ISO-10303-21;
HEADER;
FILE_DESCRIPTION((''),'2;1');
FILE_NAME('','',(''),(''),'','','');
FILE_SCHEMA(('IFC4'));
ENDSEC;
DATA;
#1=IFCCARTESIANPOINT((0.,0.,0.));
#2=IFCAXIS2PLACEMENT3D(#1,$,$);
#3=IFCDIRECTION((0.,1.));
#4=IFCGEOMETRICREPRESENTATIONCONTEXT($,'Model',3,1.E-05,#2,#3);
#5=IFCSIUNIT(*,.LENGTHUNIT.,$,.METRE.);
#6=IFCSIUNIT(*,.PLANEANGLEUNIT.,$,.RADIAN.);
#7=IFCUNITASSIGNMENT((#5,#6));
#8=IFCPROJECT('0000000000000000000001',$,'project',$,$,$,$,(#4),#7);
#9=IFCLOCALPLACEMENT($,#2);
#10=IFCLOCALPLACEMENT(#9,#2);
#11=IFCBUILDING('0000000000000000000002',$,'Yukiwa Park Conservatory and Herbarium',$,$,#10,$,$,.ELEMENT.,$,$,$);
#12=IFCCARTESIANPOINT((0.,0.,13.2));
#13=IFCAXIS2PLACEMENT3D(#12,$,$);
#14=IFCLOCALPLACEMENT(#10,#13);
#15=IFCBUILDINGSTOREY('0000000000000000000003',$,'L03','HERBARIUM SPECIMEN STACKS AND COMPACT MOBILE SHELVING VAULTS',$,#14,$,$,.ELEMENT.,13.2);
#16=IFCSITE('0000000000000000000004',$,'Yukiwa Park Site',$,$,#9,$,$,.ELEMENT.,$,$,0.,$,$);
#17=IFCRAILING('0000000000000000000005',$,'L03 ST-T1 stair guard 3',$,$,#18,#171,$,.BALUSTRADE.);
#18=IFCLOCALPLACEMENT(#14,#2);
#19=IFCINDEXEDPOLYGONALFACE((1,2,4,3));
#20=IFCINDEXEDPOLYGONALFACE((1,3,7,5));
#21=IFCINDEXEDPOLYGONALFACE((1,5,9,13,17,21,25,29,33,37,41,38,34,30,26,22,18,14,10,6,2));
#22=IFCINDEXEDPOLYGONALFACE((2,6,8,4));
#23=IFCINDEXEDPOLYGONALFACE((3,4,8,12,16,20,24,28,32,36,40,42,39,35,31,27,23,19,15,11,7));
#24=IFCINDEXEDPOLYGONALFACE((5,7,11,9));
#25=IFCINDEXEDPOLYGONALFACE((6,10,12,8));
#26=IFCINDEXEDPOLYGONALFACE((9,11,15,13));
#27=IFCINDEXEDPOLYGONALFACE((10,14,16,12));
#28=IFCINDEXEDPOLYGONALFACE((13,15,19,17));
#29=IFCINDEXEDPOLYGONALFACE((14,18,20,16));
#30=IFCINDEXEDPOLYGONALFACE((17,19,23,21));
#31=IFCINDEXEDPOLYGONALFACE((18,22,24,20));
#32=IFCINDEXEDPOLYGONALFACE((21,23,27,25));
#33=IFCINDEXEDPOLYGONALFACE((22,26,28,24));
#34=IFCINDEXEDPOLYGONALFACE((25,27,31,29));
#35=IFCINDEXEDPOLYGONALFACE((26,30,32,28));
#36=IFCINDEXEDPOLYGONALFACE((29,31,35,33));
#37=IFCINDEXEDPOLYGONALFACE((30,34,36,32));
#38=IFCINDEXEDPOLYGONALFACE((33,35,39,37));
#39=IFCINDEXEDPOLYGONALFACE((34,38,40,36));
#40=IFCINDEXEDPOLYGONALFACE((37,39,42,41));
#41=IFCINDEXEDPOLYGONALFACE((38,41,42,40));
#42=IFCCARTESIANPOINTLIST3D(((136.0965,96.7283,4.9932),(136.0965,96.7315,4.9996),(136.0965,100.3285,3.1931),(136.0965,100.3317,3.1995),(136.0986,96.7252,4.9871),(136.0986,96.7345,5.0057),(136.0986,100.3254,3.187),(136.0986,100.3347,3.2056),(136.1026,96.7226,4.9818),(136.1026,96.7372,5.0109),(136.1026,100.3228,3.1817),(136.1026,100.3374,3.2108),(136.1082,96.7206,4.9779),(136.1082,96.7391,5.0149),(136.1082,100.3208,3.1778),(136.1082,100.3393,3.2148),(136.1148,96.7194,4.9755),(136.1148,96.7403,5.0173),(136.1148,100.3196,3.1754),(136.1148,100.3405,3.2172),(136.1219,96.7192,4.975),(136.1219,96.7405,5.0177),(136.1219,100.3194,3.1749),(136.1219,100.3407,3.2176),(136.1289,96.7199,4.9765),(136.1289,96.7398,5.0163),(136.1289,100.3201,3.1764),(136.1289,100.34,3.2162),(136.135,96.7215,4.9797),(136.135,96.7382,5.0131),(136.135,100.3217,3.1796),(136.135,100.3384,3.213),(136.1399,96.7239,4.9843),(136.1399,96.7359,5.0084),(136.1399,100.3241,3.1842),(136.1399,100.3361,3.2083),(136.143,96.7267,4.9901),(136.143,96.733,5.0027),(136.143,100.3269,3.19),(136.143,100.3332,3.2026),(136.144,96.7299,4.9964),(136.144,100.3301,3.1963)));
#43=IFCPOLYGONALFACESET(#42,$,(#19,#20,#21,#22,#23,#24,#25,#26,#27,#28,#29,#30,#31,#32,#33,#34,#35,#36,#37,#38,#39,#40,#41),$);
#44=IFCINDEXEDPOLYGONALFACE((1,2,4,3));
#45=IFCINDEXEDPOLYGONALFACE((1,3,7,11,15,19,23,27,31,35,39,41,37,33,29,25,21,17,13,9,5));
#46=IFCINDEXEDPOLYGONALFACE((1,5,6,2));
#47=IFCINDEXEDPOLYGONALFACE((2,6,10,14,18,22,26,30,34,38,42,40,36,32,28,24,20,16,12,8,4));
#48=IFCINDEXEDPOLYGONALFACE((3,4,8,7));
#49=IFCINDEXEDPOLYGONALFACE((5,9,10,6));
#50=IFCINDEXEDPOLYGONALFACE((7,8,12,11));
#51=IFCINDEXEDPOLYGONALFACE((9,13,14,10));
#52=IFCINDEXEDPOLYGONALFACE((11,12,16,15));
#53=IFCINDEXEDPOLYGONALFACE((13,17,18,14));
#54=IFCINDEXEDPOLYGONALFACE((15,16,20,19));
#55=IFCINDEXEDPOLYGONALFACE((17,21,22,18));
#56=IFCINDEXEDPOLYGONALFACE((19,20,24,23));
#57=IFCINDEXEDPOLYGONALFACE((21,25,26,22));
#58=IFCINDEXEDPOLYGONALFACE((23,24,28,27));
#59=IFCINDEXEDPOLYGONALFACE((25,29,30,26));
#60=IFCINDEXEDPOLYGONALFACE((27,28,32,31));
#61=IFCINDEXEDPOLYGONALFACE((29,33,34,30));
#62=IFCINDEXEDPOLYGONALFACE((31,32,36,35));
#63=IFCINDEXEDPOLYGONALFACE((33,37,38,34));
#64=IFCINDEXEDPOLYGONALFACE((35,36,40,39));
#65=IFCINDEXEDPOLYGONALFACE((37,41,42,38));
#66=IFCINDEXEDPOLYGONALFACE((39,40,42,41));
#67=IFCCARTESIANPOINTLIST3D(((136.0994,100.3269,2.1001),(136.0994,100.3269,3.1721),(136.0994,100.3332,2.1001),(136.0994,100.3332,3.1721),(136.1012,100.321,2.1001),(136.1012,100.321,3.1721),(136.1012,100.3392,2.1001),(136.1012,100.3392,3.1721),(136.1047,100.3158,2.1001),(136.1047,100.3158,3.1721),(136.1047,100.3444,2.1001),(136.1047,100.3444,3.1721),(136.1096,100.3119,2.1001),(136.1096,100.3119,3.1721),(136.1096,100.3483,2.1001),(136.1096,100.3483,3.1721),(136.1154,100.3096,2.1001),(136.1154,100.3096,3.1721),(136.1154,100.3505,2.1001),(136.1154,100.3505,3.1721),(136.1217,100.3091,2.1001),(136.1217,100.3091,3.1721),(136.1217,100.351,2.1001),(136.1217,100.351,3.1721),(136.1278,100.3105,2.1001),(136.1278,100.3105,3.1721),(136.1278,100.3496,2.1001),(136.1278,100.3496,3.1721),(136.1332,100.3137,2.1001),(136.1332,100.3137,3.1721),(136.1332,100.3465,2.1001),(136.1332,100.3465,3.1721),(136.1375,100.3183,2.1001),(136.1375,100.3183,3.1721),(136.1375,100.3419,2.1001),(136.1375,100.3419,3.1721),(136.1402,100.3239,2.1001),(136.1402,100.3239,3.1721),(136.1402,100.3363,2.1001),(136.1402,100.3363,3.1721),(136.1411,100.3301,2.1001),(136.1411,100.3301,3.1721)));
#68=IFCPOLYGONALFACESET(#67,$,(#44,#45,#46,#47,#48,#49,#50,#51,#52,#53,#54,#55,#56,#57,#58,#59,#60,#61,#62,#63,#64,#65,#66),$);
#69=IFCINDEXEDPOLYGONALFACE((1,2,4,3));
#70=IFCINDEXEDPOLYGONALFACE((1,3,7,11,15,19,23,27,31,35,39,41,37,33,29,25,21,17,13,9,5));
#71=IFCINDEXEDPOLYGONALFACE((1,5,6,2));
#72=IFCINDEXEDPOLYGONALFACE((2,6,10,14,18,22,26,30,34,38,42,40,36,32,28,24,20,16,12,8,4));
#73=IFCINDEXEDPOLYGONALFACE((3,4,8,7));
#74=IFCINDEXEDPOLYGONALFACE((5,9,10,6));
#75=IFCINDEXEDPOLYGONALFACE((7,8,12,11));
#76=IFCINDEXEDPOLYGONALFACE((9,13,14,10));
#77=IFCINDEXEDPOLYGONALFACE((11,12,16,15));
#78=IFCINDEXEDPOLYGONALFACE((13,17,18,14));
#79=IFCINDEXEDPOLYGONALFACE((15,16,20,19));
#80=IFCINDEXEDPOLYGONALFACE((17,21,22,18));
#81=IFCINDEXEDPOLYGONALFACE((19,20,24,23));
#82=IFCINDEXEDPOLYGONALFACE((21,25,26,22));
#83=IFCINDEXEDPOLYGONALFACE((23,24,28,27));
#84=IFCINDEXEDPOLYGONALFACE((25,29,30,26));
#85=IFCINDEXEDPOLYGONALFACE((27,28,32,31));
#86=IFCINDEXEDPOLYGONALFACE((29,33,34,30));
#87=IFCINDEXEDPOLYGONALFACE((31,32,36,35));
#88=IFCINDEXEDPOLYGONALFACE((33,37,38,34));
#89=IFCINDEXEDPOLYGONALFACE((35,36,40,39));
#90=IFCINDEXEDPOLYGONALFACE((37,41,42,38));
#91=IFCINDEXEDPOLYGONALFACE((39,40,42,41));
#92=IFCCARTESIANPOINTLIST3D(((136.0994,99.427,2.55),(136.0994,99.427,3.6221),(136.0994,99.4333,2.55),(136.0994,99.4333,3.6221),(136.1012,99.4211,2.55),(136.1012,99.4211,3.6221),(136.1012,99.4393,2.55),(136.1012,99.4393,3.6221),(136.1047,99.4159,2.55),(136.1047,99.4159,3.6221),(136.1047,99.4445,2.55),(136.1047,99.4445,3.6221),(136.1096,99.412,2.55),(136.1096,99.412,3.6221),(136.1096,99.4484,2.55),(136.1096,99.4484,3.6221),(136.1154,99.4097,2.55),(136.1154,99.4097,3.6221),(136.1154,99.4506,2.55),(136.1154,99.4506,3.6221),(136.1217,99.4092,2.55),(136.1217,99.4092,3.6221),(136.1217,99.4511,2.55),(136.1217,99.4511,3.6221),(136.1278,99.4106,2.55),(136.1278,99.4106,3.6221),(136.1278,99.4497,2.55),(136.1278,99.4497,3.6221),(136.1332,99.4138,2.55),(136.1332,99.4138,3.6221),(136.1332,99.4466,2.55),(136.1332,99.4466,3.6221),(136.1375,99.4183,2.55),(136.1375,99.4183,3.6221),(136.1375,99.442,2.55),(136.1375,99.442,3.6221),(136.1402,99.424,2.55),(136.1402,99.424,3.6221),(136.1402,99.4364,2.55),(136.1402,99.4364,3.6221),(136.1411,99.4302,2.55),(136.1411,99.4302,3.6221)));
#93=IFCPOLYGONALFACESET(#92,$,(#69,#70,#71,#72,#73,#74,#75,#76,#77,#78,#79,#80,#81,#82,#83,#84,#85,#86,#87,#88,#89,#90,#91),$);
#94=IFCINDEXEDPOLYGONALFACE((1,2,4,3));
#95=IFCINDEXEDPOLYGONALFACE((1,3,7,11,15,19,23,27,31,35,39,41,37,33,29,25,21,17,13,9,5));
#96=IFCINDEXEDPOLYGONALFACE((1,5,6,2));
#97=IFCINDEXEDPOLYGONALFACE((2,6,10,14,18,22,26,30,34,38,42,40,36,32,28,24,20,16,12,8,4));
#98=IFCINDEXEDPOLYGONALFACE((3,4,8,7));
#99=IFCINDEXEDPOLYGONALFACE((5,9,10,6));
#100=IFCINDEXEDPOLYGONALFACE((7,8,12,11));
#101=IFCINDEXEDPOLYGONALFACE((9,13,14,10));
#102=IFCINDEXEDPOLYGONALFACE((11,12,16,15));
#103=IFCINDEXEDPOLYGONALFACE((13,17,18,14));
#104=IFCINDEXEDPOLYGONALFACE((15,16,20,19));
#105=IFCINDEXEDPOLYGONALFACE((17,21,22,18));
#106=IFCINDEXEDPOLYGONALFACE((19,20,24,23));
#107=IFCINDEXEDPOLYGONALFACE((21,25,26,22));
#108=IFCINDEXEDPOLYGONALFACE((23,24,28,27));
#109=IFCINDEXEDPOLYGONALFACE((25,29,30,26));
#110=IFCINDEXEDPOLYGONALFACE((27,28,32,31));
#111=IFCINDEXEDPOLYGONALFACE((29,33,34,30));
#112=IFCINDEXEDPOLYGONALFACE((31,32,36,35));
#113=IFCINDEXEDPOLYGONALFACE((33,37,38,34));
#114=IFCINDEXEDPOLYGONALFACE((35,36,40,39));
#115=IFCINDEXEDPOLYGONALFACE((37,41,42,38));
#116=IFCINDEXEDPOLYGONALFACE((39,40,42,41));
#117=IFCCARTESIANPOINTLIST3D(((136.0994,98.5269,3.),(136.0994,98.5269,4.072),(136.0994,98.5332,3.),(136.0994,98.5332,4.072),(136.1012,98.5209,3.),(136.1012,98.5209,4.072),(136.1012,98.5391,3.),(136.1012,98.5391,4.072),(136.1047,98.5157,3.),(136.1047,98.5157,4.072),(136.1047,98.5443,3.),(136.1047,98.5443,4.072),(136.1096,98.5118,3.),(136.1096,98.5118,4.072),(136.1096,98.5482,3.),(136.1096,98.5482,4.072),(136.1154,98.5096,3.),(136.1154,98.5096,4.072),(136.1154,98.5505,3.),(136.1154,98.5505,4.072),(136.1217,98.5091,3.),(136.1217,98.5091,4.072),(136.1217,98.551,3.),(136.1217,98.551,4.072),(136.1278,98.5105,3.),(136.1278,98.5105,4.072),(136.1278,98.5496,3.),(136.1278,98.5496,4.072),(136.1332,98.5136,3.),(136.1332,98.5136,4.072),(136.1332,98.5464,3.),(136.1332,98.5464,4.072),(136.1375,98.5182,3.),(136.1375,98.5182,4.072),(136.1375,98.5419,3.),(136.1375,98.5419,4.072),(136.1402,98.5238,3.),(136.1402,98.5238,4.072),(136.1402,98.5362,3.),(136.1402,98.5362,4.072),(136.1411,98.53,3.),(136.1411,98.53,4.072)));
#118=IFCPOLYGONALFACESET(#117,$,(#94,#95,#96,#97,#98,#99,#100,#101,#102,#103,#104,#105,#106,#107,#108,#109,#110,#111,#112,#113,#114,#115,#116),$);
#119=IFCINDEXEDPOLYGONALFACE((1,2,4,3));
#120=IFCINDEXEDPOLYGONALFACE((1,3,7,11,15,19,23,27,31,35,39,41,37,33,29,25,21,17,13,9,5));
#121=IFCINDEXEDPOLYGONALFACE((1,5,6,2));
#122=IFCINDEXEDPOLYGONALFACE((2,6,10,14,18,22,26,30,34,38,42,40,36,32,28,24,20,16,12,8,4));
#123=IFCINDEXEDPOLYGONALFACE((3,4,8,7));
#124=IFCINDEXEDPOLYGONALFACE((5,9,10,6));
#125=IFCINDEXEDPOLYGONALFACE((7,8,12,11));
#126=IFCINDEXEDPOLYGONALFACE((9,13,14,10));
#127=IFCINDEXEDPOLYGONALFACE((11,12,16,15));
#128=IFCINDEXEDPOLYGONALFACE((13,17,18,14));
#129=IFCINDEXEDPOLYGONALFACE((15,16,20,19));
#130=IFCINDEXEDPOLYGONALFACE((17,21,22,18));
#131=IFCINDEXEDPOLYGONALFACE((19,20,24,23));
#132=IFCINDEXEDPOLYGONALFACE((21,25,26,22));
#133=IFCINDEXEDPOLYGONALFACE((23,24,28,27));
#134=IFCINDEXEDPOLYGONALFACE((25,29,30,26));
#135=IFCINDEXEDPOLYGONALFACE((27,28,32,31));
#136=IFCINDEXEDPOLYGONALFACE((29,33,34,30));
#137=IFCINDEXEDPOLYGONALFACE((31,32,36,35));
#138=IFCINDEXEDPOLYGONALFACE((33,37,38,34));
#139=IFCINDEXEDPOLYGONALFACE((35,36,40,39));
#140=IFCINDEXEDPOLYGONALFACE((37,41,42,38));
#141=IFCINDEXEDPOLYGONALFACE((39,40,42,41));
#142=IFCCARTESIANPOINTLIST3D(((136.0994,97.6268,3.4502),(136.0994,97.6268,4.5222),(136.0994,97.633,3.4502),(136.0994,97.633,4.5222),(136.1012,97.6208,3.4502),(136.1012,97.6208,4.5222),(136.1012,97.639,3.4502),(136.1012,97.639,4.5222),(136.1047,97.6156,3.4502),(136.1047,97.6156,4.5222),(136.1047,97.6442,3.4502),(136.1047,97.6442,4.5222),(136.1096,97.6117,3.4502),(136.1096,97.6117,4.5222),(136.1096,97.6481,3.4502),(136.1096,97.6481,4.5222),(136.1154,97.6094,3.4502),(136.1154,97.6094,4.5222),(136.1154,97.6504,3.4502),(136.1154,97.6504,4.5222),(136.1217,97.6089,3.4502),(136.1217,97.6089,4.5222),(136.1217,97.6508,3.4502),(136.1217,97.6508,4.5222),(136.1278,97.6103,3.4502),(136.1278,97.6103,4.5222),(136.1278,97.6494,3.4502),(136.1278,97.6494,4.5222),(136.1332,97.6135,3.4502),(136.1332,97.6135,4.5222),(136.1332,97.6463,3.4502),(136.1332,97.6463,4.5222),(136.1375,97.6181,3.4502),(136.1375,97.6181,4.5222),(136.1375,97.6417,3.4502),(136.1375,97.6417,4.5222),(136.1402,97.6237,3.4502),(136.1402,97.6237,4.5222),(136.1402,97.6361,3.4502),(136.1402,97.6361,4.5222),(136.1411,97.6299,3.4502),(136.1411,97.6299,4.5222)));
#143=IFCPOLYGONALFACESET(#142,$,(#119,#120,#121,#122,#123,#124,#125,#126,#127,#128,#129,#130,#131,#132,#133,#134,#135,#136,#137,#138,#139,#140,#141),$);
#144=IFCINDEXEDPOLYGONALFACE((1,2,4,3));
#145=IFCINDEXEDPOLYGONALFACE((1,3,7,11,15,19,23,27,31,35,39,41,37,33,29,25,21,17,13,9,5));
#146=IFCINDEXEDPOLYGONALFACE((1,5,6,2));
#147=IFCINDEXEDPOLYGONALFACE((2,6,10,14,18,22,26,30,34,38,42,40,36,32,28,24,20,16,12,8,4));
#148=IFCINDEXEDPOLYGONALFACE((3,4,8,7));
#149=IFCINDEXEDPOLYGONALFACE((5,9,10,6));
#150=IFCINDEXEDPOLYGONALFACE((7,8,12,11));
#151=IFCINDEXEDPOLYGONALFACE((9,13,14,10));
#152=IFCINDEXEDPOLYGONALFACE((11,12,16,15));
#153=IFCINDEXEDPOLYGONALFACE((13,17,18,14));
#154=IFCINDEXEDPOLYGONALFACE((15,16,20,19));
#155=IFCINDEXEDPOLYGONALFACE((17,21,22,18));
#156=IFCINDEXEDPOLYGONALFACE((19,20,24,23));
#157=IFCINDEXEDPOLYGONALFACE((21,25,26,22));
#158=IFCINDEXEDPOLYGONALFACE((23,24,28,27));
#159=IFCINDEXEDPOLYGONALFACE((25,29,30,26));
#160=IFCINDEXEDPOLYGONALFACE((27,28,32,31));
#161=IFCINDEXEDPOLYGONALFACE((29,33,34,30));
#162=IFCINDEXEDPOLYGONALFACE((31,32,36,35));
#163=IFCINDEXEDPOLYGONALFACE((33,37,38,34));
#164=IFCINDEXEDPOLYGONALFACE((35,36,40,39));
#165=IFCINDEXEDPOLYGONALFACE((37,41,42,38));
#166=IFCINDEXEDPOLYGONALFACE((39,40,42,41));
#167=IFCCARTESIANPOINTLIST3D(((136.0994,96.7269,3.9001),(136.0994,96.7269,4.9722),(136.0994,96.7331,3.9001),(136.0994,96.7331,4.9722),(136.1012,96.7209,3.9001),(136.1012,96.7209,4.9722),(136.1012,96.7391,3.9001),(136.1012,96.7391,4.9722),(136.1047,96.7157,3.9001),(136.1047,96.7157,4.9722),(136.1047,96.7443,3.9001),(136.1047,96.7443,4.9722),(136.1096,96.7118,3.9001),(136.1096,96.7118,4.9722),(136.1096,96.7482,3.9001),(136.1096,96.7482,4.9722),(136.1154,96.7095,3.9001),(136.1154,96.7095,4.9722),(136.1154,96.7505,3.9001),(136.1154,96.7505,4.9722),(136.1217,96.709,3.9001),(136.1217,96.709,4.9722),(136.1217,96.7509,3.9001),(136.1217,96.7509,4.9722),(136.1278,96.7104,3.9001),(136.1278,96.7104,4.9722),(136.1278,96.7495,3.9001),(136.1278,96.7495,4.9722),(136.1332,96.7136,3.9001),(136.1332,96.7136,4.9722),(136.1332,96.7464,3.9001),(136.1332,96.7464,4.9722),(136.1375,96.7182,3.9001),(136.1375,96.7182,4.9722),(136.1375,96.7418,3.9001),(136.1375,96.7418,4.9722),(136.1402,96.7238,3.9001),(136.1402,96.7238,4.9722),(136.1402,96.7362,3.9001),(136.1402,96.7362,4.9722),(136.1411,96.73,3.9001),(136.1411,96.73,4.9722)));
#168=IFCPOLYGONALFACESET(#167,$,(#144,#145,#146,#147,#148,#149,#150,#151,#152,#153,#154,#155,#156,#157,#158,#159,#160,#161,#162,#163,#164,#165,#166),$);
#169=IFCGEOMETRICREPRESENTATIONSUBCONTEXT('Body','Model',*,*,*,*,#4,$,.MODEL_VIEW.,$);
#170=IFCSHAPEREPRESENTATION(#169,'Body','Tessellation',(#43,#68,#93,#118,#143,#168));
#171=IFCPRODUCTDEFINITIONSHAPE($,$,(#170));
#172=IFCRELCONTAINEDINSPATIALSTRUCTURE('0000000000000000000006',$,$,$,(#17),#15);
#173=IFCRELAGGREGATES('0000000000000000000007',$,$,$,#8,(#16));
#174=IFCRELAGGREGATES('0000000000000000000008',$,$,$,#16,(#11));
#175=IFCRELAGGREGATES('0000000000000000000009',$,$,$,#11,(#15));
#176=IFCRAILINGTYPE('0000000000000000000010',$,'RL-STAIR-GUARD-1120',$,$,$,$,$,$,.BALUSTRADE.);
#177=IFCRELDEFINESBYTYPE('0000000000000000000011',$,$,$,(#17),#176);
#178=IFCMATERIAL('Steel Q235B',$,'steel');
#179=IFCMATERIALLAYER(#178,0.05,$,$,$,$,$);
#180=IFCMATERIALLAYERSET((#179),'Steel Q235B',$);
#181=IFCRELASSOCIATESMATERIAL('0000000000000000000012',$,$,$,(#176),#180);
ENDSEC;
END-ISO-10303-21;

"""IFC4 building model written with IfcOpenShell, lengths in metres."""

from ifc_helpers import new_model, si_unit, direction, frame, origin, origin_2d, place, context, subcontext, project, spatial, circle, extrude, material, layer, layer_set, type_object, element, save


model = new_model("IFC4")

# Units and contexts
model_context = context("Model", 3, precision=1e-05, world=origin(), true_north=direction((0.0, 1.0)))
body_context = subcontext(model_context, "Body", "Model", "MODEL_VIEW")
ifc_project = project(units=[si_unit("LENGTHUNIT", "METRE"), si_unit("PLANEANGLEUNIT", "RADIAN")], contexts=[model_context])

# Site, building, storey
site_placement = place(None, origin())
site = spatial("IfcSite", under=ifc_project, at=site_placement, Name="Yukiwa Park Site", CompositionType="ELEMENT", RefElevation=0.0)
building_placement = place(site_placement, origin())
building = spatial("IfcBuilding", under=site, at=building_placement, Name="Yukiwa Park Conservatory and Herbarium", CompositionType="ELEMENT")
storey_placement = place(building_placement, frame((0.0, 0.0, 13.2)))
storey = spatial("IfcBuildingStorey", under=building, at=storey_placement, Name="L03", Description="HERBARIUM SPECIMEN STACKS AND COMPACT MOBILE SHELVING VAULTS", CompositionType="ELEMENT", Elevation=13.2)

# Railing
ifc_material_1 = material(Name="Steel Q235B", Category="steel")
ifc_layer_1 = layer(ifc_material_1, 0.05)
ifc_layer_set_1 = layer_set([ifc_layer_1], Name="Steel Q235B")
railing_type_1 = type_object("IfcRailingType", Name="RL-STAIR-GUARD-1120", PredefinedType="BALUSTRADE", material=ifc_layer_set_1)
railing_1_placement = place(storey_placement, frame((136.1201, 100.3301, 2.1001)))
element("IfcRailing", 1, at=railing_1_placement, inside=storey, type_object=railing_type_1, Name="L03 ST-T1 stair guard 3", PredefinedType="BALUSTRADE", context=body_context, shape_type="SweptSolid", body=[
    extrude(circle(Radius=0.0239, at=origin_2d()), frame((0.0, 0.0, 1.0962), z_axis=(0.0, -0.894427, 0.447214), x_axis=(1.0, 0.0, 0.0)), (0.0, 0.0, 1.0), 4.0251),
    extrude(circle(Radius=0.021, at=origin_2d()), origin(), (0.0, 0.0, 1.0), 1.072),
    extrude(circle(Radius=0.021, at=origin_2d()), frame((0.0, -0.8999, 0.45)), (0.0, 0.0, 1.0), 1.072),
    extrude(circle(Radius=0.021, at=origin_2d()), frame((0.0, -1.8, 0.8999)), (0.0, 0.0, 1.0), 1.072),
    extrude(circle(Radius=0.021, at=origin_2d()), frame((0.0, -2.7002, 1.3501)), (0.0, 0.0, 1.0), 1.072),
    extrude(circle(Radius=0.021, at=origin_2d()), frame((0.0, -3.6001, 1.8)), (0.0, 0.0, 1.0), 1.072),
])

save(model, "model.ifc")
